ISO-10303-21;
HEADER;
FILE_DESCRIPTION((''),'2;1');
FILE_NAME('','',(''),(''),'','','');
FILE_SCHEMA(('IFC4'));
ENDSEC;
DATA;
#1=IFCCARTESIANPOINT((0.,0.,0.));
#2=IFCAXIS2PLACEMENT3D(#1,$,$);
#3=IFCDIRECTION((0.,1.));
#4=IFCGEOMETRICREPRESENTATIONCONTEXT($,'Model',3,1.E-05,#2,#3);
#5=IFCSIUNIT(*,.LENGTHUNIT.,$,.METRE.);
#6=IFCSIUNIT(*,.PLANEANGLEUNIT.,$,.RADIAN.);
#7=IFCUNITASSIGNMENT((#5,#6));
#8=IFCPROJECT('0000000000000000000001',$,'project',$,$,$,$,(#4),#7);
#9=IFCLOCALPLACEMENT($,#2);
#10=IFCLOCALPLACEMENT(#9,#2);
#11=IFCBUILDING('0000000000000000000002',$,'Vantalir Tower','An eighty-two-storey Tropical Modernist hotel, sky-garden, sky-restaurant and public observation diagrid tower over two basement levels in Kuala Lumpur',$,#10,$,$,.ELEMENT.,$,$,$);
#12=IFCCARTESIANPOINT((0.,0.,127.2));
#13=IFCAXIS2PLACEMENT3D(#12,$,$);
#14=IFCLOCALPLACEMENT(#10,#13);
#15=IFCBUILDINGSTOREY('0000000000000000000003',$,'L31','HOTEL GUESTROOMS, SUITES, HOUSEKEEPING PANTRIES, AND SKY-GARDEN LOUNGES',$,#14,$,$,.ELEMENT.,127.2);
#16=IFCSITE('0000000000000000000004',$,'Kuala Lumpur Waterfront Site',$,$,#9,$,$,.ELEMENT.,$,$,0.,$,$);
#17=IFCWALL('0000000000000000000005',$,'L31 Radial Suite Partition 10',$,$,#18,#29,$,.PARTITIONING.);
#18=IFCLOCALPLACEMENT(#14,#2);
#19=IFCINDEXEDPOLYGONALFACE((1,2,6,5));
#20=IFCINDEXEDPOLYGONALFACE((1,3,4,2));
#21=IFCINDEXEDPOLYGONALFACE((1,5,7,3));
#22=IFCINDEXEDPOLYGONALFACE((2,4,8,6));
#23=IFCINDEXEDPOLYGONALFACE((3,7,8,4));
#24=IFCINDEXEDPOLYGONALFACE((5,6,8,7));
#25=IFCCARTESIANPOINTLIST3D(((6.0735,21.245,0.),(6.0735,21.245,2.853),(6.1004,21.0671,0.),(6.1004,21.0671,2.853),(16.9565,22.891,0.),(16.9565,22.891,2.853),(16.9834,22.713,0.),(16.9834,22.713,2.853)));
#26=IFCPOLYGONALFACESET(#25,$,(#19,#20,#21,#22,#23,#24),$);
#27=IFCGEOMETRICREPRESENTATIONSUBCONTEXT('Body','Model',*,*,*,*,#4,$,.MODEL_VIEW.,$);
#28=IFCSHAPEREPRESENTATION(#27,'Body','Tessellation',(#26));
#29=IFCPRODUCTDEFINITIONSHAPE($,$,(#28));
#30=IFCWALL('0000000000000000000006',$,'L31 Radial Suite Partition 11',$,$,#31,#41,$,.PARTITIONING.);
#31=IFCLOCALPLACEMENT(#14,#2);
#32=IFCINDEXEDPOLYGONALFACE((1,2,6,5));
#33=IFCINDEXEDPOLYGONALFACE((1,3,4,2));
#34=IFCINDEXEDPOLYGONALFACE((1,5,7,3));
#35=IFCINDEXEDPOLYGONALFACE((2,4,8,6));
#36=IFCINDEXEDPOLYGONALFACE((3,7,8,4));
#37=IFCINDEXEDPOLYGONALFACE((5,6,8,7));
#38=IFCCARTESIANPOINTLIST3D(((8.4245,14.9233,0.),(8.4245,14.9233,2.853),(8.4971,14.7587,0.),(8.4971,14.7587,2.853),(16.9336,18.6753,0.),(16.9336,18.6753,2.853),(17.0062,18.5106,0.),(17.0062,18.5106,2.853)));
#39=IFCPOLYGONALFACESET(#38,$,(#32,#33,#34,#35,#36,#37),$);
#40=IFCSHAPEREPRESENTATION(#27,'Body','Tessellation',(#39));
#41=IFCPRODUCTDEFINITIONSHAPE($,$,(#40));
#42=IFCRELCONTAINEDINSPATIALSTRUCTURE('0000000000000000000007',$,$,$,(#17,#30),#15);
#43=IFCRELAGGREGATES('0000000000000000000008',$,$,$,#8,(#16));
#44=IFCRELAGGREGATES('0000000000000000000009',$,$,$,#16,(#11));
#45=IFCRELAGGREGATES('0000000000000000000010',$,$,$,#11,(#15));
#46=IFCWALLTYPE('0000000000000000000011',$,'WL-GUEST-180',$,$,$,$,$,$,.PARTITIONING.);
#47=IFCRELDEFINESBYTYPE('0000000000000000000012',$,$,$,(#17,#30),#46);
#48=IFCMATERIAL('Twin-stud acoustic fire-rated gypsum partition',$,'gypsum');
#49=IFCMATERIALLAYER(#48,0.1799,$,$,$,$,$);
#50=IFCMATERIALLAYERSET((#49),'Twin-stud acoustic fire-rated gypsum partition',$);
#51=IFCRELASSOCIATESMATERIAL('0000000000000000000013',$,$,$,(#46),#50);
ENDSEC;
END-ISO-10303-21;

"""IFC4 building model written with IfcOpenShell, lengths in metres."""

from ifc_helpers import new_model, si_unit, direction, frame, frame_2d, origin, place, context, subcontext, project, spatial, rectangle, extrude, material, layer, layer_set, type_object, element, save


model = new_model("IFC4")

# Units and contexts
model_context = context("Model", 3, precision=1e-05, world=origin(), true_north=direction((0.0, 1.0)))
body_context = subcontext(model_context, "Body", "Model", "MODEL_VIEW")
ifc_project = project(units=[si_unit("LENGTHUNIT", "METRE"), si_unit("PLANEANGLEUNIT", "RADIAN")], contexts=[model_context])

# Site, building, storey
site_placement = place(None, origin())
site = spatial("IfcSite", under=ifc_project, at=site_placement, Name="Kuala Lumpur Waterfront Site", CompositionType="ELEMENT", RefElevation=0.0)
building_placement = place(site_placement, origin())
building = spatial("IfcBuilding", under=site, at=building_placement, Name="Vantalir Tower", Description="An eighty-two-storey Tropical Modernist hotel, sky-garden, sky-restaurant and public observation diagrid tower over two basement levels in Kuala Lumpur", CompositionType="ELEMENT")
storey_placement = place(building_placement, frame((0.0, 0.0, 127.2)))
storey = spatial("IfcBuildingStorey", under=building, at=storey_placement, Name="L31", Description="HOTEL GUESTROOMS, SUITES, HOUSEKEEPING PANTRIES, AND SKY-GARDEN LOUNGES", CompositionType="ELEMENT", Elevation=127.2)

# Walls
ifc_material_1 = material(Name="Twin-stud acoustic fire-rated gypsum partition", Category="gypsum")
ifc_layer_1 = layer(ifc_material_1, 0.1799)
ifc_layer_set_1 = layer_set([ifc_layer_1], Name="Twin-stud acoustic fire-rated gypsum partition")
wall_type_1 = type_object("IfcWallType", Name="WL-GUEST-180", PredefinedType="PARTITIONING", material=ifc_layer_set_1)
wall_1_placement = place(storey_placement, frame((16.97, 22.802, 0.0), z_axis=(0.0, 0.0, 1.0), x_axis=(-0.988755, -0.149543, 0.0)))
element("IfcWall", 1, at=wall_1_placement, inside=storey, type_object=wall_type_1, Name="L31 Radial Suite Partition 10", PredefinedType="PARTITIONING", context=body_context, shape_type="SweptSolid", body=[
    extrude(rectangle(XDim=11.0068, YDim=0.1799, at=frame_2d((5.5034, 0.0))), origin(), (0.0, 0.0, 1.0), 2.853),
])
wall_2_placement = place(storey_placement, frame((16.97, 18.593, 0.0), z_axis=(0.0, 0.0, 1.0), x_axis=(-0.914998, -0.403457, 0.0)))
element("IfcWall", 2, at=wall_2_placement, inside=storey, type_object=wall_type_1, Name="L31 Radial Suite Partition 11", PredefinedType="PARTITIONING", context=body_context, shape_type="SweptSolid", body=[
    extrude(rectangle(XDim=9.2996, YDim=0.1799, at=frame_2d((4.6499, 0.0))), origin(), (0.0, 0.0, 1.0), 2.853),
])

save(model, "model.ifc")
